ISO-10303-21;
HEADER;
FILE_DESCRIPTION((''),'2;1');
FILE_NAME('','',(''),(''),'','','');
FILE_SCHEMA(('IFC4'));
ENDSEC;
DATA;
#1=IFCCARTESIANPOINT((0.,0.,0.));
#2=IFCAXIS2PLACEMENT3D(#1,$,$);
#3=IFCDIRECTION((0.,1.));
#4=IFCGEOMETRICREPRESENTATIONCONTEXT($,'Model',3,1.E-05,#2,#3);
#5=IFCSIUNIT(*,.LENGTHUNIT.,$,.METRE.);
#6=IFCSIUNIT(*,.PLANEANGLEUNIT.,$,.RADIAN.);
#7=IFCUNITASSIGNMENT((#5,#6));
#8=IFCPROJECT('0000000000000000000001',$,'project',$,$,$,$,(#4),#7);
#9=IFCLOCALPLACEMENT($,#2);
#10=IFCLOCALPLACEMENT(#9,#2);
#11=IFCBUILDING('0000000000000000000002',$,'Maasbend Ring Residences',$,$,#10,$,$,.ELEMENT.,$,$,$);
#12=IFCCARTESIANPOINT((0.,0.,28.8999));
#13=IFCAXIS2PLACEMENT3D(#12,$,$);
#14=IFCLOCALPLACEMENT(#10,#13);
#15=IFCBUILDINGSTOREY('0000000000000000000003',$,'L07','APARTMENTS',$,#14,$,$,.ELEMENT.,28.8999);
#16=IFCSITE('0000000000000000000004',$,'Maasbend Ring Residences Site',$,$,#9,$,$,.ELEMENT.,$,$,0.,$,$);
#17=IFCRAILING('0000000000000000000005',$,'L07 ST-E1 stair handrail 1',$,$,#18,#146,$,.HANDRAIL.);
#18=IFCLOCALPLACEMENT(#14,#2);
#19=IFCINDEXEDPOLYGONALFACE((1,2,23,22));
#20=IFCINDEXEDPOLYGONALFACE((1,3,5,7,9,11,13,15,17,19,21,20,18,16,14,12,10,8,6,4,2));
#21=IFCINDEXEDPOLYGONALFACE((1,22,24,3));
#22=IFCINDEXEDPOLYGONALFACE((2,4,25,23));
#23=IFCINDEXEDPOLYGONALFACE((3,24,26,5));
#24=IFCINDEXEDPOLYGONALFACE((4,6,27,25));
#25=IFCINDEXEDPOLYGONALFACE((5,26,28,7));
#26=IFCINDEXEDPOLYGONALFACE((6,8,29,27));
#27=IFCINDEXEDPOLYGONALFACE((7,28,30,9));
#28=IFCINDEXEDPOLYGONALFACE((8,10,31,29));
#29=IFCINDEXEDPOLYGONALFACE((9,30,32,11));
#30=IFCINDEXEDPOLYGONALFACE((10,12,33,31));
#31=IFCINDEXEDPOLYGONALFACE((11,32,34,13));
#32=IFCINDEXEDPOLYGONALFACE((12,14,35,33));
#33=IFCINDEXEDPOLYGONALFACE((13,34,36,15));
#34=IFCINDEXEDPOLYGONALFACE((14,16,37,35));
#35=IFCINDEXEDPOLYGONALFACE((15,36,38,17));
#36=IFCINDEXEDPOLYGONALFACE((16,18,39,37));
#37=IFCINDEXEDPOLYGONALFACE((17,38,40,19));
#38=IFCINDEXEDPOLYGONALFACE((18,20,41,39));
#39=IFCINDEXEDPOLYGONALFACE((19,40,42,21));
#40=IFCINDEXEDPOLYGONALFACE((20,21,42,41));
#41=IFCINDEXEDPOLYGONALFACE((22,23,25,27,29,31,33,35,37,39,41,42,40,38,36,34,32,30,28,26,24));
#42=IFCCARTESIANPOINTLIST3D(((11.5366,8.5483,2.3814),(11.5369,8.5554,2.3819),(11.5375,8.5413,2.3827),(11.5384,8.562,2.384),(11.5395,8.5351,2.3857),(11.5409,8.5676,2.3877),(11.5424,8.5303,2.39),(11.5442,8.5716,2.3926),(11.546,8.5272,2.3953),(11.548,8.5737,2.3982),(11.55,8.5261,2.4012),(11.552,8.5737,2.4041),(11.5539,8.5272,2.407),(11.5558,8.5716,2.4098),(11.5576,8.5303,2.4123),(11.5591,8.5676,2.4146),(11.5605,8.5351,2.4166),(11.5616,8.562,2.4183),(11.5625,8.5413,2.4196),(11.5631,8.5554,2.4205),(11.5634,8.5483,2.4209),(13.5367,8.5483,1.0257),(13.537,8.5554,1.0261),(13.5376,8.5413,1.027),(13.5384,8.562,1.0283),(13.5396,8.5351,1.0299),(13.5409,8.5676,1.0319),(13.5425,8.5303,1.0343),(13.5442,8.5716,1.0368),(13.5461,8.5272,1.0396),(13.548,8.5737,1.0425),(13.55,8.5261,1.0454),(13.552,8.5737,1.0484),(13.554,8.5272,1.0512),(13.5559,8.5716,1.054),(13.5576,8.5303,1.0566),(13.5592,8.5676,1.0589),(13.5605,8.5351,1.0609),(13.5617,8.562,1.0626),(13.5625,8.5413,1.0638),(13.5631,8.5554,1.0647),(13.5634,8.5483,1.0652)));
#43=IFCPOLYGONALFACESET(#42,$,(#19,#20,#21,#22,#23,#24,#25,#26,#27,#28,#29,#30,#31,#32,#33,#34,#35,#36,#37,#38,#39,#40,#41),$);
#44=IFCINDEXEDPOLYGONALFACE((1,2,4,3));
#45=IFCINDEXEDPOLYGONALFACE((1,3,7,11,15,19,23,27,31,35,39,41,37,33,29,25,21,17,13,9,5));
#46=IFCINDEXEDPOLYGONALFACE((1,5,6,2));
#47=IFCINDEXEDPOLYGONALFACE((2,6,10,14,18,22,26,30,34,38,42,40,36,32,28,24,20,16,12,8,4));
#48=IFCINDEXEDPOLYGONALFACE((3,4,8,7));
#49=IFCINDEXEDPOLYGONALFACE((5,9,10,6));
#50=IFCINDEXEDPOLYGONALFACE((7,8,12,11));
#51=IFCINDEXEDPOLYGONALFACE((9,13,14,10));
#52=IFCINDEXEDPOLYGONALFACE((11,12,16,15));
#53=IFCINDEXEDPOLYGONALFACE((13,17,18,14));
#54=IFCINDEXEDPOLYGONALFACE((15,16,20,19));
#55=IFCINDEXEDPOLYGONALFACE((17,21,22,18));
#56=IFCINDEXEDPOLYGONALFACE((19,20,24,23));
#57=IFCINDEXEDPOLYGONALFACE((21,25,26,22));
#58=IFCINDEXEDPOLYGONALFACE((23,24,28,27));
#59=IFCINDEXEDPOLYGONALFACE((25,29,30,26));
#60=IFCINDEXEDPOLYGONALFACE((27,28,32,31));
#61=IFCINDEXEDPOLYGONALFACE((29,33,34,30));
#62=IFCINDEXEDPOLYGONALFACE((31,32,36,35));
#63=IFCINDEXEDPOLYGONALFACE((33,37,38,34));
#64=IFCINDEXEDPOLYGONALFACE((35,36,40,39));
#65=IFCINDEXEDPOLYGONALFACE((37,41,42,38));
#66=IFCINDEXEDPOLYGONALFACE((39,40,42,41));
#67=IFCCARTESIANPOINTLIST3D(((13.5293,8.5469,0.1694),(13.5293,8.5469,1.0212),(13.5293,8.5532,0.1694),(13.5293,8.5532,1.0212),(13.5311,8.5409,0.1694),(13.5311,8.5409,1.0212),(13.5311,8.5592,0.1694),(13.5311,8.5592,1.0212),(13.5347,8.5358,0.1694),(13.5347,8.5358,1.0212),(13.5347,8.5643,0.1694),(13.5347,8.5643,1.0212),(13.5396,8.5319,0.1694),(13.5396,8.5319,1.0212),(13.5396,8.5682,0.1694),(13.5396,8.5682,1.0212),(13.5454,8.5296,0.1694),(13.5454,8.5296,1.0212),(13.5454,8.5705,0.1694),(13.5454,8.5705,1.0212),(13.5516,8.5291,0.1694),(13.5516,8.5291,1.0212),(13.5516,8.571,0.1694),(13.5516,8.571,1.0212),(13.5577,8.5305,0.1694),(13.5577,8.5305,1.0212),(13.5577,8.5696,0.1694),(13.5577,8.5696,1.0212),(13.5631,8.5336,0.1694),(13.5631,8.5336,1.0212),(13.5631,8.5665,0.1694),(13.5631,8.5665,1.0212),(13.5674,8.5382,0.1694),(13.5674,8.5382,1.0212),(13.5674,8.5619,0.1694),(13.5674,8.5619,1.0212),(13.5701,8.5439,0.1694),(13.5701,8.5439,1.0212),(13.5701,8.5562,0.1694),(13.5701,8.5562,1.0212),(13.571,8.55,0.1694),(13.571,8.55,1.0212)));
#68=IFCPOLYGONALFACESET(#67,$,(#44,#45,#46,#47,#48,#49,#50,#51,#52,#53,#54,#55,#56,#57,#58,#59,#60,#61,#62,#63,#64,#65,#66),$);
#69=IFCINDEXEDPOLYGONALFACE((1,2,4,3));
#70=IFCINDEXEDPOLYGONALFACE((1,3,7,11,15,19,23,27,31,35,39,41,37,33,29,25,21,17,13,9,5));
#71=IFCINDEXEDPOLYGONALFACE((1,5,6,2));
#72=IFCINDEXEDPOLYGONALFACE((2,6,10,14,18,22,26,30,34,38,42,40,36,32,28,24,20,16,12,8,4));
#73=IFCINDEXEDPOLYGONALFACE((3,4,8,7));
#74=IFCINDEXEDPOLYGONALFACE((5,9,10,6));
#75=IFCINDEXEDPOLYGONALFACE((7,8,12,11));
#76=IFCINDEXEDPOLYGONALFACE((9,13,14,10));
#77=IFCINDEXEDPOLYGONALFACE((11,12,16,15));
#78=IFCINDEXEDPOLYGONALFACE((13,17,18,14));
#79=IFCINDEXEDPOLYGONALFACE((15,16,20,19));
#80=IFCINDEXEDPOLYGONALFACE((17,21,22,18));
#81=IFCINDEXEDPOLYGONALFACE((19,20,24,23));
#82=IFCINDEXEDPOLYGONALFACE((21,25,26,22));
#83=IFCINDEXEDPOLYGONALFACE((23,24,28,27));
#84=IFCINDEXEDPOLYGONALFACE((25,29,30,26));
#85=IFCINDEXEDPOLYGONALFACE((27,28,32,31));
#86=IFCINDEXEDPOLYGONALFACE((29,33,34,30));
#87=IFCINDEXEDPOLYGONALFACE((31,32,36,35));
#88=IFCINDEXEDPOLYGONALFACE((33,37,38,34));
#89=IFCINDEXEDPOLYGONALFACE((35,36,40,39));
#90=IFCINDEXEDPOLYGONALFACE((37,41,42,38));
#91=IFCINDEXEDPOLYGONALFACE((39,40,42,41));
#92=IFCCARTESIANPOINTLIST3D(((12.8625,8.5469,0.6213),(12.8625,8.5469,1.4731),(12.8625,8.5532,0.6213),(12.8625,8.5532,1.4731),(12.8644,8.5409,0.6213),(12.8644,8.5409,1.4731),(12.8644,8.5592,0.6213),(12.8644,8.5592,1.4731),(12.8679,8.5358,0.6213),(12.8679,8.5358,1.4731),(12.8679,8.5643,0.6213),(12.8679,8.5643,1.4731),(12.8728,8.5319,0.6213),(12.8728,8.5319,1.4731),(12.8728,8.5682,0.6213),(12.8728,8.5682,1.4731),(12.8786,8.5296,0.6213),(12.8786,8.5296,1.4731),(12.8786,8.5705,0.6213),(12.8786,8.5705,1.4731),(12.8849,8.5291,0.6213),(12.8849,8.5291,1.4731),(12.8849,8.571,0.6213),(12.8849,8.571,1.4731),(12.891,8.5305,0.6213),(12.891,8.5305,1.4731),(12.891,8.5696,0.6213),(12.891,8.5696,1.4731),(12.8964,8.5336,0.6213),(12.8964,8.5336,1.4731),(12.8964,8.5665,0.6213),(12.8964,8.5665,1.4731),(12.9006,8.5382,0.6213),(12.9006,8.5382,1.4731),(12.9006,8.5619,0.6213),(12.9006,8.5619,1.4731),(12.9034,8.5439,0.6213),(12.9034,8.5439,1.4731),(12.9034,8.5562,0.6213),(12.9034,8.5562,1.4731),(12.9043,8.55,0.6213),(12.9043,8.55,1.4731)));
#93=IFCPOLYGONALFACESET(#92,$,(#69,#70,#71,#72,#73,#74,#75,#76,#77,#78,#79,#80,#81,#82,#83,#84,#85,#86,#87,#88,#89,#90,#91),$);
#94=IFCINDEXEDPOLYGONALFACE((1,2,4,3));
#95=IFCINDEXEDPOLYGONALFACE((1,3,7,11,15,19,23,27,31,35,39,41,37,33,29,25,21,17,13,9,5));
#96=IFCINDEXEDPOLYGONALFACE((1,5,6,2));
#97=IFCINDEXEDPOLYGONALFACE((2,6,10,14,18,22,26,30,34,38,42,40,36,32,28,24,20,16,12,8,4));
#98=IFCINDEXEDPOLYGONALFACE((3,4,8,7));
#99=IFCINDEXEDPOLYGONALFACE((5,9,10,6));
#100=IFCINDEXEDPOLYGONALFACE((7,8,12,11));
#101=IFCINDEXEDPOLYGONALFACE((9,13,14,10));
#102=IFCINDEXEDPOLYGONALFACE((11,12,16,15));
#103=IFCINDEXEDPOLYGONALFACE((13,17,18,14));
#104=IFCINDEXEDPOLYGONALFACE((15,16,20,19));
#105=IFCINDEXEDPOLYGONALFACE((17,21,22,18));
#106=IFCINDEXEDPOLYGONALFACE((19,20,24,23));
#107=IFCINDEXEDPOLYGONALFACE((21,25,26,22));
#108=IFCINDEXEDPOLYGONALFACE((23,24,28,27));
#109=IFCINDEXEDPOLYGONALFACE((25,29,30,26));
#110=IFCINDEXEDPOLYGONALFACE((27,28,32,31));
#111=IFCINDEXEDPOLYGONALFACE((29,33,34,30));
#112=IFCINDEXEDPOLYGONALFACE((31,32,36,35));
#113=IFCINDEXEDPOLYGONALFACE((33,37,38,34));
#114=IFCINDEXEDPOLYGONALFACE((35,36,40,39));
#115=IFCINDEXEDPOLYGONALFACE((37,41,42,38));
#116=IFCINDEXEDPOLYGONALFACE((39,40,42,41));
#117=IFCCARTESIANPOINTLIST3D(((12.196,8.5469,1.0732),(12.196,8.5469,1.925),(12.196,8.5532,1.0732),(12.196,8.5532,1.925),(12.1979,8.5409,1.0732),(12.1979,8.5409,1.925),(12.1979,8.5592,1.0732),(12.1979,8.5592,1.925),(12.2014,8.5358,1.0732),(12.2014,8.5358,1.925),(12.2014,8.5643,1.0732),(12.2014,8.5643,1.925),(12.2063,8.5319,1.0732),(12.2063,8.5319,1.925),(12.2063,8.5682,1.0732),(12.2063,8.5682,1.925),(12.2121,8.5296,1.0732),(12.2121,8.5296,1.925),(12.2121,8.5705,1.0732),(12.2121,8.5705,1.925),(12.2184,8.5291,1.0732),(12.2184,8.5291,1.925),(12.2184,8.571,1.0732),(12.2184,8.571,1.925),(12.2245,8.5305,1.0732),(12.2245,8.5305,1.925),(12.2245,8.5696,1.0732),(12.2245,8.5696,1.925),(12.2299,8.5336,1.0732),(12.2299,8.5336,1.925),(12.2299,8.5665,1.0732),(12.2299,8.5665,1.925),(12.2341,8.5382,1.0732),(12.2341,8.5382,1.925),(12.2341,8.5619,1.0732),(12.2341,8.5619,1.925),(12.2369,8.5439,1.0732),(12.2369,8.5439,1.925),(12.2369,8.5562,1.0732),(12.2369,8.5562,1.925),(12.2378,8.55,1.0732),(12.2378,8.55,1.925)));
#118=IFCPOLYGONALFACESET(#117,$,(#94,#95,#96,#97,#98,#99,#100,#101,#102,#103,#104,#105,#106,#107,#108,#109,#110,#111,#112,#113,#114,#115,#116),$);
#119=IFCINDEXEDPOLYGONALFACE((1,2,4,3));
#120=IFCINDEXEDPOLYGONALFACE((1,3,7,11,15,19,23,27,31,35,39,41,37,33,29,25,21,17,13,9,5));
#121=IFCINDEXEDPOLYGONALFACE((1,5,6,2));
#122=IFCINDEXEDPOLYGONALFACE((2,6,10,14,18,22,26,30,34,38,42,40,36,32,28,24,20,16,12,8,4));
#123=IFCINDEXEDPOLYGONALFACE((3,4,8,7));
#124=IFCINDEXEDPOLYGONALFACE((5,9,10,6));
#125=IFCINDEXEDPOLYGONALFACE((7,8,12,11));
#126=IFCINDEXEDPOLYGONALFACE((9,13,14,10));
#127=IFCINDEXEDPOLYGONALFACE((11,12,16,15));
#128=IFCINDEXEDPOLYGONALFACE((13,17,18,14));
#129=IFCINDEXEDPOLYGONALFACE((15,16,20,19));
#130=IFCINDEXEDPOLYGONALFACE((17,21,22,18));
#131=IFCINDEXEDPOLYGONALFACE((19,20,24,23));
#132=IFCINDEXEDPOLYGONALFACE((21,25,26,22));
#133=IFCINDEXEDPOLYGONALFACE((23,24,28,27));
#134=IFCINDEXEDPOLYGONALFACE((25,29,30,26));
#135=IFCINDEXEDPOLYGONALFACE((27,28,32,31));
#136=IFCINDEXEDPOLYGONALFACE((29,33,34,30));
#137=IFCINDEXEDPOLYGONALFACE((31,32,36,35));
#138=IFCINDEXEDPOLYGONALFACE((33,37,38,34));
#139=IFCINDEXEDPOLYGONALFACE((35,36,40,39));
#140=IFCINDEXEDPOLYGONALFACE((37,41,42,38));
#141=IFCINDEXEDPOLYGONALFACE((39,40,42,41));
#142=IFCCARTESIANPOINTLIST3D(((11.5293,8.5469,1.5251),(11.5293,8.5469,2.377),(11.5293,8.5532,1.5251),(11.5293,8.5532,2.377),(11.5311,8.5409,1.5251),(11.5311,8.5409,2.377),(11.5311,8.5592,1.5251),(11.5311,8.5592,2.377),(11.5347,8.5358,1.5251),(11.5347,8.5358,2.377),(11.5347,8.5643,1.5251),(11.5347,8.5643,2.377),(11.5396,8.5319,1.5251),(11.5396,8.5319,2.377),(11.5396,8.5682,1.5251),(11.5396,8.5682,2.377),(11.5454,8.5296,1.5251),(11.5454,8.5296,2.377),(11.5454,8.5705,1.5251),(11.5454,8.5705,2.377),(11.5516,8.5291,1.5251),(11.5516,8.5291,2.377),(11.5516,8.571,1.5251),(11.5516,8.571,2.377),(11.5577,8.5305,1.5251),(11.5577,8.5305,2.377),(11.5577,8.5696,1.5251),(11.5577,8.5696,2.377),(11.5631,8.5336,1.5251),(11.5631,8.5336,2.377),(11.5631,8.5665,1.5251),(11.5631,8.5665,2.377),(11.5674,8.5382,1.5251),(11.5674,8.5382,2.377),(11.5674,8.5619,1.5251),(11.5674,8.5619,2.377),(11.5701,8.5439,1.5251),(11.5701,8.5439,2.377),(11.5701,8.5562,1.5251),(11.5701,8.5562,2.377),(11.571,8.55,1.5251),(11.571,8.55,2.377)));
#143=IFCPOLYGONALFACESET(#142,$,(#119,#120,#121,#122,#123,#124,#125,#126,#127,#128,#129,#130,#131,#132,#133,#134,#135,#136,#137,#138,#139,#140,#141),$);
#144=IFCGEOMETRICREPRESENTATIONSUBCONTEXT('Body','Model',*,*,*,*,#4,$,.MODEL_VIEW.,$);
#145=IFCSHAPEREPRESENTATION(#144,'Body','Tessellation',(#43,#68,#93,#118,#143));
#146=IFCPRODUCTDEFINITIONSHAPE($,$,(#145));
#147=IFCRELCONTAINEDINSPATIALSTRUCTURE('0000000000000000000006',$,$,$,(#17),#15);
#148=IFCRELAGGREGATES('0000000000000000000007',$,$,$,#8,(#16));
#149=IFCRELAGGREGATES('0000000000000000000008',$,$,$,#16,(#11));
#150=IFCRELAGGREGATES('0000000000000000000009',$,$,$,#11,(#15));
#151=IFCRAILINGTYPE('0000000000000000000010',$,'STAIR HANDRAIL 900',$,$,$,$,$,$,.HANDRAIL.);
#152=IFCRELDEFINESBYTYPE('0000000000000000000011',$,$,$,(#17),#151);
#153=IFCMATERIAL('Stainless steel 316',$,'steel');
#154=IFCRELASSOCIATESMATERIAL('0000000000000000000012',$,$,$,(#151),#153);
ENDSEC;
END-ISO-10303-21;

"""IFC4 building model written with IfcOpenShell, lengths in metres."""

from ifc_helpers import new_model, si_unit, direction, frame, origin, origin_2d, place, context, subcontext, project, spatial, circle, extrude, material, type_object, element, save


model = new_model("IFC4")

# Units and contexts
model_context = context("Model", 3, precision=1e-05, world=origin(), true_north=direction((0.0, 1.0)))
body_context = subcontext(model_context, "Body", "Model", "MODEL_VIEW")
ifc_project = project(units=[si_unit("LENGTHUNIT", "METRE"), si_unit("PLANEANGLEUNIT", "RADIAN")], contexts=[model_context])

# Site, building, storey
site_placement = place(None, origin())
site = spatial("IfcSite", under=ifc_project, at=site_placement, Name="Maasbend Ring Residences Site", CompositionType="ELEMENT", RefElevation=0.0)
building_placement = place(site_placement, origin())
building = spatial("IfcBuilding", under=site, at=building_placement, Name="Maasbend Ring Residences", CompositionType="ELEMENT")
storey_placement = place(building_placement, frame((0.0, 0.0, 28.8999)))
storey = spatial("IfcBuildingStorey", under=building, at=storey_placement, Name="L07", Description="APARTMENTS", CompositionType="ELEMENT", Elevation=28.8999)

# Railing
ifc_material_1 = material(Name="Stainless steel 316", Category="steel")
railing_type_1 = type_object("IfcRailingType", Name="STAIR HANDRAIL 900", PredefinedType="HANDRAIL", material=ifc_material_1)
railing_1_placement = place(storey_placement, frame((13.55, 8.55, 0.1694)))
element("IfcRailing", 1, at=railing_1_placement, inside=storey, type_object=railing_type_1, Name="L07 ST-E1 stair handrail 1", PredefinedType="HANDRAIL", context=body_context, shape_type="SweptSolid", body=[
    extrude(circle(Radius=0.0239, at=origin_2d()), frame((0.0, 0.0, 0.876), z_axis=(-0.827751, 0.0, 0.561096), x_axis=(0.0, -1.0, 0.0)), (0.0, 0.0, 1.0), 2.4163),
    extrude(circle(Radius=0.021, at=origin_2d()), origin(), (0.0, 0.0, 1.0), 0.8518),
    extrude(circle(Radius=0.021, at=origin_2d()), frame((-0.6667, 0.0, 0.4519)), (0.0, 0.0, 1.0), 0.8518),
    extrude(circle(Radius=0.021, at=origin_2d()), frame((-1.3333, 0.0, 0.9038)), (0.0, 0.0, 1.0), 0.8518),
    extrude(circle(Radius=0.021, at=origin_2d()), frame((-2.0, 0.0, 1.3557)), (0.0, 0.0, 1.0), 0.8518),
])

save(model, "model.ifc")
